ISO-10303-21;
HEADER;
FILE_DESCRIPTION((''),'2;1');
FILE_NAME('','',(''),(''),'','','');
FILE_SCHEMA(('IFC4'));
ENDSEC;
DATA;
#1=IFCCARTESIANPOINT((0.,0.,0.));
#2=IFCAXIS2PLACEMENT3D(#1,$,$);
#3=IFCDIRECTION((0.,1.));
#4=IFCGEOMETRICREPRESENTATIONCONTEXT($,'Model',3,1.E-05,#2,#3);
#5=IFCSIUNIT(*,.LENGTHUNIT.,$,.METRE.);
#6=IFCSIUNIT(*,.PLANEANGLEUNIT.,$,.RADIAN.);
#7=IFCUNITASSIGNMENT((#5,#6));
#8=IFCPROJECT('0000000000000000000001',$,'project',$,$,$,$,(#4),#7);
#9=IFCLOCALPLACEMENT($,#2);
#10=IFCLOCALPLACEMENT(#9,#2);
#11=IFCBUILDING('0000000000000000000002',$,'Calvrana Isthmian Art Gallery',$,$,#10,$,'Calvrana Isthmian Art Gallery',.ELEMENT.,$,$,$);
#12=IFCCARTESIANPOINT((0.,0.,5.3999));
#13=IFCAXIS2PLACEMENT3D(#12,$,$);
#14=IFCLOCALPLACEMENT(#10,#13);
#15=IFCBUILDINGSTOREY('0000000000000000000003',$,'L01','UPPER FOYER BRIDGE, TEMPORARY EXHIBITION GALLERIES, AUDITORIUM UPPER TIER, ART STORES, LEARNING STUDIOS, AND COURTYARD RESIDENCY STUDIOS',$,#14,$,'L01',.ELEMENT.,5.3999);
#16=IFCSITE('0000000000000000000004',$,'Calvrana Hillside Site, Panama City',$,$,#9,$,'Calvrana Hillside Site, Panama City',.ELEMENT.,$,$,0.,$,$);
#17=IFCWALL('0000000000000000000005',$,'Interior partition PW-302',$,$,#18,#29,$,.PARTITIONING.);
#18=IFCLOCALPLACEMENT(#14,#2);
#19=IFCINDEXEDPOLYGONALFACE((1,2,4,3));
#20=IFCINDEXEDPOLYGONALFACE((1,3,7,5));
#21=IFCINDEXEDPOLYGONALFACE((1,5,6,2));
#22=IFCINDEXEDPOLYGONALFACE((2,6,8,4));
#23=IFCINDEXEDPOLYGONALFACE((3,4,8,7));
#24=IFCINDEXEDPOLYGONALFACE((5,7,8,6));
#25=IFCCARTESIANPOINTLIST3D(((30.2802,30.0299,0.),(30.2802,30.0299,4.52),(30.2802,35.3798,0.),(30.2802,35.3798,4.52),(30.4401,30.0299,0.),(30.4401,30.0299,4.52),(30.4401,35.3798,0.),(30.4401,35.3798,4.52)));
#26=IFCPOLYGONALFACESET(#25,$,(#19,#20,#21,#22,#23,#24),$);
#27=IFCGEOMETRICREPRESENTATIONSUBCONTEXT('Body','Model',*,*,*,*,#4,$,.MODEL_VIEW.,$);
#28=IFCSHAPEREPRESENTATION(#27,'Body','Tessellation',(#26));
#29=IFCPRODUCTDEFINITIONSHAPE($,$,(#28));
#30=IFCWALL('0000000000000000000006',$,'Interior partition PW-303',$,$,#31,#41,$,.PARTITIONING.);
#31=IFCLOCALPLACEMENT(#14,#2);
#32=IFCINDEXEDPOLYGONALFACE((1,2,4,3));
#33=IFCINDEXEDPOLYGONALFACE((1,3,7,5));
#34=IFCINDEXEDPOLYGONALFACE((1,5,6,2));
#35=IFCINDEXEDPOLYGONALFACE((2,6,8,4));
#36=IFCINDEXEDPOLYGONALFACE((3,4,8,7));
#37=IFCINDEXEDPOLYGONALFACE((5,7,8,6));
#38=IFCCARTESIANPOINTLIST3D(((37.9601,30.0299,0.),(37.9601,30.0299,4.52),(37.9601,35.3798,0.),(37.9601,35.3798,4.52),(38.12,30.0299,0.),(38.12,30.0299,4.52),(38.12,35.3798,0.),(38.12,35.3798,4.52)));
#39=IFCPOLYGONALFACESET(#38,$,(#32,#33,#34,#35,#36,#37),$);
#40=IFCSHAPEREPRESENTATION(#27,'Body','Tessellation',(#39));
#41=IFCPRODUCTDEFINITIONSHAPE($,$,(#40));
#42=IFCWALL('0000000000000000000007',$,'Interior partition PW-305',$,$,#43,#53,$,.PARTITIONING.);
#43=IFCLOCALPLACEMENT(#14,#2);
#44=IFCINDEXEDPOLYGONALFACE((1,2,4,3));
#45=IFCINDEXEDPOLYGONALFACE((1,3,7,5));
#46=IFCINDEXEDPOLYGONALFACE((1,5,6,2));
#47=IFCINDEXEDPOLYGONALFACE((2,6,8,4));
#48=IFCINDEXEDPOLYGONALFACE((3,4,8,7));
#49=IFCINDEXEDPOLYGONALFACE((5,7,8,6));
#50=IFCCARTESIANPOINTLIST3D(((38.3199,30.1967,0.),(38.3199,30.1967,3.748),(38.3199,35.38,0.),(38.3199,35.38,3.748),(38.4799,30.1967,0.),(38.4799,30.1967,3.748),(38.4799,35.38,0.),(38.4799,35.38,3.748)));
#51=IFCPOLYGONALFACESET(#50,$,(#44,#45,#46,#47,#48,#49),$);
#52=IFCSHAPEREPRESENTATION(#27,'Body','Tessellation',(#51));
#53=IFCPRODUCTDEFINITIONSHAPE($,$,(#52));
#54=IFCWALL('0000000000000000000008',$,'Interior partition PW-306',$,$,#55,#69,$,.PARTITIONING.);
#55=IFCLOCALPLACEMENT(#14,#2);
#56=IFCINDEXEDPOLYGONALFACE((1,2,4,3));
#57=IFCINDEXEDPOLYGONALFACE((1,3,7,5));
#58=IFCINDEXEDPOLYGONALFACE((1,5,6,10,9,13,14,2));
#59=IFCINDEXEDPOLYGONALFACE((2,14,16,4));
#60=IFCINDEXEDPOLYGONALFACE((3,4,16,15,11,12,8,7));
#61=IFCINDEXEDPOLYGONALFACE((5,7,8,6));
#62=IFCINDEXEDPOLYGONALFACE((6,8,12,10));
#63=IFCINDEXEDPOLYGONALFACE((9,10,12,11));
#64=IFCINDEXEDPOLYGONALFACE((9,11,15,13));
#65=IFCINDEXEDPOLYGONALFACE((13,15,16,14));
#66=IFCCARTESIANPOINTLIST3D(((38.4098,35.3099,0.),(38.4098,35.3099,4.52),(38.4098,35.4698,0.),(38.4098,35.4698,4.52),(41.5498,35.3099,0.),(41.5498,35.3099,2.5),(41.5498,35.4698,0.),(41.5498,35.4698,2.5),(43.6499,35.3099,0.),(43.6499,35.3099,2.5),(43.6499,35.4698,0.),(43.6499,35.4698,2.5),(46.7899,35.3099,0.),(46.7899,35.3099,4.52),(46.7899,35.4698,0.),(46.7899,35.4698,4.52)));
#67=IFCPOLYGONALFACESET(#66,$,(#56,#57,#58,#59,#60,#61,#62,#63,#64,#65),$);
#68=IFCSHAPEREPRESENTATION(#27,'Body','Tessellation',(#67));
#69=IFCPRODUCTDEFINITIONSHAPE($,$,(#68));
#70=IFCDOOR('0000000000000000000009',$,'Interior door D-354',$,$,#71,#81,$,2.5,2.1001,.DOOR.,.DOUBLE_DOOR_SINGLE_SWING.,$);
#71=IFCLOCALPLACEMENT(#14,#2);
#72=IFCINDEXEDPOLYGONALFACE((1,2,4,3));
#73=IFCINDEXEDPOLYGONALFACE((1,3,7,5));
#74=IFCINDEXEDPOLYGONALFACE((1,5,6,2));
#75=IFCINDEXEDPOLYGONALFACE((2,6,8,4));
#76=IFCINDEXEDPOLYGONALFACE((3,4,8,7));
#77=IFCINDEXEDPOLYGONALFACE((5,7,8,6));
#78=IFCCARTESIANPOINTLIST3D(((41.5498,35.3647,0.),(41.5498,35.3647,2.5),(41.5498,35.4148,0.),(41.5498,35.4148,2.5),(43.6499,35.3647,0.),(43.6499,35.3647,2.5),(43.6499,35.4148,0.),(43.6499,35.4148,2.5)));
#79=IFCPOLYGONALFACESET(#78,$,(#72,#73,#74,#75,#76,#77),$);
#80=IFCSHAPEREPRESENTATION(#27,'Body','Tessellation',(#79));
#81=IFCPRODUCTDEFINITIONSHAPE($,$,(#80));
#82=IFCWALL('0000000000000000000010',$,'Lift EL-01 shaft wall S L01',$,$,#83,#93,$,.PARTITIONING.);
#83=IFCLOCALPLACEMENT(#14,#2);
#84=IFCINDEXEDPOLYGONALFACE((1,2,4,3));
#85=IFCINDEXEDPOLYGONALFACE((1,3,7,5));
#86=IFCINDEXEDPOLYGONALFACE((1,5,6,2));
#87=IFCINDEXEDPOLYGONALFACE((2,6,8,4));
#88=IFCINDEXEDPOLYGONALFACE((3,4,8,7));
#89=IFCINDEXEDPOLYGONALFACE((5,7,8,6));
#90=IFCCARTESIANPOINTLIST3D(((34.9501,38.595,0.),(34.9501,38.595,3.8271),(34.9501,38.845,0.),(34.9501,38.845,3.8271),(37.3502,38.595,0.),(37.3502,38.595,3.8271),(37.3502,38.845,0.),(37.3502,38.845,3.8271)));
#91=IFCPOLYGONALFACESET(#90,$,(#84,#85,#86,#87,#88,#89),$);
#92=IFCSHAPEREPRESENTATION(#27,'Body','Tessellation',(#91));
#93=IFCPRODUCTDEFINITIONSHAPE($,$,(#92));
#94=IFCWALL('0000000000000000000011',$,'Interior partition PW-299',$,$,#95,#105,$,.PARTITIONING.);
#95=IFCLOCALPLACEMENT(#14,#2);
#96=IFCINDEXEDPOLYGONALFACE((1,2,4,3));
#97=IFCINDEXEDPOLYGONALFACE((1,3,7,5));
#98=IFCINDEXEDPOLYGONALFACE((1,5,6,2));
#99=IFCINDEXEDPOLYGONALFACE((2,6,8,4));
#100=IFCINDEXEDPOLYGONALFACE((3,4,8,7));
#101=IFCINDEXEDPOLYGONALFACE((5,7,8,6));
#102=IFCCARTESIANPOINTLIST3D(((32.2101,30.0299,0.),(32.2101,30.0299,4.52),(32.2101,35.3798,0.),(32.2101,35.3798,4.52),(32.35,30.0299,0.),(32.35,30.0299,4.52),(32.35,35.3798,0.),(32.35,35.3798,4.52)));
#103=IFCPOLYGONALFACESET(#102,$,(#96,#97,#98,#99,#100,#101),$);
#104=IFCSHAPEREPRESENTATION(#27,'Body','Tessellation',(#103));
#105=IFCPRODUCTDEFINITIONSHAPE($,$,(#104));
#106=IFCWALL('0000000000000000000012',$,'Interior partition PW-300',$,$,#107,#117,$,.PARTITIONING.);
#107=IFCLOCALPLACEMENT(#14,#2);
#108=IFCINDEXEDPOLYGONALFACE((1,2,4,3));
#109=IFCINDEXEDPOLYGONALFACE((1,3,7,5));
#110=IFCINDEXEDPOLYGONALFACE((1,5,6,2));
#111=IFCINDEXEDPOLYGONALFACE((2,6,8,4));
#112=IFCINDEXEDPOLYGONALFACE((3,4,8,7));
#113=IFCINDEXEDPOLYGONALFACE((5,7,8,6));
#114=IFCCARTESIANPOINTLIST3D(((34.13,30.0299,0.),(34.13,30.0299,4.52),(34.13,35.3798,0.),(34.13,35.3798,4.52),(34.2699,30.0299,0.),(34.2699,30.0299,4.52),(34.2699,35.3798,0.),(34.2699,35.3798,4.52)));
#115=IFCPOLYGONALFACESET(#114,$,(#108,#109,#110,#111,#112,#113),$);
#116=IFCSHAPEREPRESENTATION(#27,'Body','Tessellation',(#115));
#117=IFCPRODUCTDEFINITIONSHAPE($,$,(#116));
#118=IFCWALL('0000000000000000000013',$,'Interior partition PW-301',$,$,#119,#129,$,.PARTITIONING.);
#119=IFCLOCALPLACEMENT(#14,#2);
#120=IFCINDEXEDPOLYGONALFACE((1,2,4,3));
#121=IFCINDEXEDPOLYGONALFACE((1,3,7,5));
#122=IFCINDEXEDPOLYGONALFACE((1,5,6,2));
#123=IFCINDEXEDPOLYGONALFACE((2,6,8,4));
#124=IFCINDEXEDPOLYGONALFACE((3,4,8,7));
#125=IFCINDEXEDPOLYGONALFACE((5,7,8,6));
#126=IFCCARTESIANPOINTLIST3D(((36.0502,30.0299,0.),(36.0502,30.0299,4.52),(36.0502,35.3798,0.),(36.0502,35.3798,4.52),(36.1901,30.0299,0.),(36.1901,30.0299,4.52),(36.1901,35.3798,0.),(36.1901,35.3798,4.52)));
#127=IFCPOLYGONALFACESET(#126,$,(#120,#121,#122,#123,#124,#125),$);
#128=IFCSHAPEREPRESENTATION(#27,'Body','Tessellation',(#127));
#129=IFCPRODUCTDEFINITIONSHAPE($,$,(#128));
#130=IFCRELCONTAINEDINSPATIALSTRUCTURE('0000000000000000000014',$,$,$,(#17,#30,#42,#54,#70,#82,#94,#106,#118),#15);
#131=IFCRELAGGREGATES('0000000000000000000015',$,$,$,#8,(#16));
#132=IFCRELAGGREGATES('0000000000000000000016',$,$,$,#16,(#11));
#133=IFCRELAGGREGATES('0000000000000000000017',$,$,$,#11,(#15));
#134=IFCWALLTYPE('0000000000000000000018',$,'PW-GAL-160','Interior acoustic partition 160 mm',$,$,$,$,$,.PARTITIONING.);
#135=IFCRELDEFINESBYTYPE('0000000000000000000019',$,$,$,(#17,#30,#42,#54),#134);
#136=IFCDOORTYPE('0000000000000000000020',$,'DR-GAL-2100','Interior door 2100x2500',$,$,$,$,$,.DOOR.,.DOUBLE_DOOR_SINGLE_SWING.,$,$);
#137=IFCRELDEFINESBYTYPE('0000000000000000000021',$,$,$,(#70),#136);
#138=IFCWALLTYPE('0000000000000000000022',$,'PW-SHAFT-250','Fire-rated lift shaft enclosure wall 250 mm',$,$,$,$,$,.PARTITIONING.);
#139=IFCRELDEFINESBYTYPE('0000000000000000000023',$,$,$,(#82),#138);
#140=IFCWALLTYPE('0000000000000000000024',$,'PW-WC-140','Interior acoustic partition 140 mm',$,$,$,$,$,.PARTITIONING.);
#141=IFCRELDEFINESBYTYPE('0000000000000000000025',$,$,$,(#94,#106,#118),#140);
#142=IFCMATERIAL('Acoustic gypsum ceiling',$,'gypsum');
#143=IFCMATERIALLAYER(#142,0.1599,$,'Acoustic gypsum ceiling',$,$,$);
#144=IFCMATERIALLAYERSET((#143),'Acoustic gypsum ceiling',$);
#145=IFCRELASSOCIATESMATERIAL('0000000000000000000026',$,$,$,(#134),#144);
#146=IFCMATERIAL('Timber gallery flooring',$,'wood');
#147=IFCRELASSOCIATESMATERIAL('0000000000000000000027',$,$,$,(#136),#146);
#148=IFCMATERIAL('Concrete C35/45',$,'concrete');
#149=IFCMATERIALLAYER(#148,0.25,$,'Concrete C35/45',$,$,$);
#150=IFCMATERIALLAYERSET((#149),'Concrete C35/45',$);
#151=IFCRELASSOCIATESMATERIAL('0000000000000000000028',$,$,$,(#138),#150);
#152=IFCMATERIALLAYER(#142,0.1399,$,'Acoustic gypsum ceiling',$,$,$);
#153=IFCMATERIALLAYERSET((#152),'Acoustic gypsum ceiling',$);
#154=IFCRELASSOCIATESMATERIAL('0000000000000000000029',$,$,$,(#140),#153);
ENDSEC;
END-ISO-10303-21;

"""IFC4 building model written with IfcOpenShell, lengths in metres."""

from ifc_helpers import new_model, si_unit, direction, frame, frame_2d, origin, place, context, subcontext, project, spatial, rectangle, extrude, material, layer, layer_set, type_object, element, fill, save


model = new_model("IFC4")

# Units and contexts
model_context = context("Model", 3, precision=1e-05, world=origin(), true_north=direction((0.0, 1.0)))
body_context = subcontext(model_context, "Body", "Model", "MODEL_VIEW")
ifc_project = project(units=[si_unit("LENGTHUNIT", "METRE"), si_unit("PLANEANGLEUNIT", "RADIAN")], contexts=[model_context])

# Site, building, storey
site_placement = place(None, origin())
site = spatial("IfcSite", under=ifc_project, at=site_placement, Name="Calvrana Hillside Site, Panama City", LongName="Calvrana Hillside Site, Panama City", CompositionType="ELEMENT", RefElevation=0.0)
building_placement = place(site_placement, origin())
building = spatial("IfcBuilding", under=site, at=building_placement, Name="Calvrana Isthmian Art Gallery", LongName="Calvrana Isthmian Art Gallery", CompositionType="ELEMENT")
storey_placement = place(building_placement, frame((0.0, 0.0, 5.3999)))
storey = spatial("IfcBuildingStorey", under=building, at=storey_placement, Name="L01", Description="UPPER FOYER BRIDGE, TEMPORARY EXHIBITION GALLERIES, AUDITORIUM UPPER TIER, ART STORES, LEARNING STUDIOS, AND COURTYARD RESIDENCY STUDIOS", LongName="L01", CompositionType="ELEMENT", Elevation=5.3999)

# Shared definitions
ifc_material_1 = material(Name="Acoustic gypsum ceiling", Category="gypsum")
ifc_material_2 = material(Name="Timber gallery flooring", Category="wood")

# Walls
ifc_layer_1 = layer(ifc_material_1, 0.1599, Name="Acoustic gypsum ceiling")
ifc_layer_set_1 = layer_set([ifc_layer_1], Name="Acoustic gypsum ceiling")
wall_type_1 = type_object("IfcWallType", Name="PW-GAL-160", Description="Interior acoustic partition 160 mm", PredefinedType="PARTITIONING", material=ifc_layer_set_1)
for number, where, z_axis, x_axis, name in (
    (1, (30.3601, 30.03, 0.0), (0.0, 0.0, 1.0), (0.0, 1.0, 0.0), "Interior partition PW-302"),
    (2, (38.04, 30.03, 0.0), (0.0, 0.0, 1.0), (0.0, 1.0, 0.0), "Interior partition PW-303"),
):
    element("IfcWall", number, at=place(storey_placement, frame(where, z_axis=z_axis, x_axis=x_axis)), inside=storey, type_object=wall_type_1, Name=name, PredefinedType="PARTITIONING", context=body_context, shape_type="SweptSolid", body=[
        extrude(rectangle(XDim=5.3499, YDim=0.1599, at=frame_2d((2.6748, 0.0))), origin(), (0.0, 0.0, 1.0), 4.52),
    ])
wall_1_placement = place(storey_placement, frame((38.3999, 30.1965, 0.0), z_axis=(0.0, 0.0, 1.0), x_axis=(0.0, 1.0, 0.0)))
element("IfcWall", 3, at=wall_1_placement, inside=storey, type_object=wall_type_1, Name="Interior partition PW-305", PredefinedType="PARTITIONING", context=body_context, shape_type="SweptSolid", body=[
    extrude(rectangle(XDim=5.1833, YDim=0.1599, at=frame_2d((2.5918, 0.0))), origin(), (0.0, 0.0, 1.0), 3.748),
])

# Wall, opening, door
wall_2_placement = place(storey_placement, frame((38.4099, 35.3899, 0.0), z_axis=(0.0, 0.0, 1.0), x_axis=(1.0, 0.0, 0.0)))
wall_2 = element("IfcWall", 4, at=wall_2_placement, inside=storey, type_object=wall_type_1, Name="Interior partition PW-306", PredefinedType="PARTITIONING", context=body_context, shape_type="SweptSolid", body=[
    extrude(rectangle(XDim=8.3801, YDim=0.1599, at=frame_2d((4.1899, 0.0))), origin(), (0.0, 0.0, 1.0), 4.52),
])
opening_1_placement = place(wall_2_placement, frame((3.1399, 0.0, 0.0)))
opening_1 = element("IfcOpeningElement", 5, at=opening_1_placement, cuts=wall_2, PredefinedType="OPENING", context=body_context, shape_type="SweptSolid", body=[
    extrude(rectangle(XDim=2.1001, YDim=2.5, at=frame_2d((1.05, 1.25))), frame((0.0, 0.0903, 0.0), z_axis=(0.0, -1.0, 0.0), x_axis=(1.0, 0.0, 0.0)), (0.0, 0.0, 1.0), 0.1804),
])
door_type_1 = type_object("IfcDoorType", Name="DR-GAL-2100", Description="Interior door 2100x2500", OperationType="DOUBLE_DOOR_SINGLE_SWING", PredefinedType="DOOR", material=ifc_material_2)
door_1_placement = place(opening_1_placement, origin())
door_1 = element("IfcDoor", 6, at=door_1_placement, inside=storey, type_object=door_type_1, Name="Interior door D-354", OperationType="DOUBLE_DOOR_SINGLE_SWING", OverallHeight=2.5, OverallWidth=2.1001, PredefinedType="DOOR", context=body_context, shape_type="SweptSolid", body=[
    extrude(rectangle(XDim=2.1001, YDim=2.5, at=frame_2d((1.05, 1.25))), frame((0.0, 0.0249, 0.0), z_axis=(0.0, -1.0, 0.0), x_axis=(1.0, 0.0, 0.0)), (0.0, 0.0, 1.0), 0.05),
])
fill(opening_1, door_1)

# Wall
ifc_material_3 = material(Name="Concrete C35/45", Category="concrete")
ifc_layer_2 = layer(ifc_material_3, 0.25, Name="Concrete C35/45")
ifc_layer_set_2 = layer_set([ifc_layer_2], Name="Concrete C35/45")
wall_type_2 = type_object("IfcWallType", Name="PW-SHAFT-250", Description="Fire-rated lift shaft enclosure wall 250 mm", PredefinedType="PARTITIONING", material=ifc_layer_set_2)
wall_3_placement = place(storey_placement, frame((34.95, 38.72, 0.0), z_axis=(0.0, 0.0, 1.0), x_axis=(1.0, 0.0, 0.0)))
element("IfcWall", 7, at=wall_3_placement, inside=storey, type_object=wall_type_2, Name="Lift EL-01 shaft wall S L01", PredefinedType="PARTITIONING", context=body_context, shape_type="SweptSolid", body=[
    extrude(rectangle(XDim=2.4001, YDim=0.25, at=frame_2d((1.2002, 0.0))), origin(), (0.0, 0.0, 1.0), 3.8271),
])

# Walls
ifc_layer_3 = layer(ifc_material_1, 0.1399, Name="Acoustic gypsum ceiling")
ifc_layer_set_3 = layer_set([ifc_layer_3], Name="Acoustic gypsum ceiling")
wall_type_3 = type_object("IfcWallType", Name="PW-WC-140", Description="Interior acoustic partition 140 mm", PredefinedType="PARTITIONING", material=ifc_layer_set_3)
for number, where, z_axis, x_axis, name in (
    (8, (32.28, 30.03, 0.0), (0.0, 0.0, 1.0), (0.0, 1.0, 0.0), "Interior partition PW-299"),
    (9, (34.2, 30.03, 0.0), (0.0, 0.0, 1.0), (0.0, 1.0, 0.0), "Interior partition PW-300"),
    (10, (36.1201, 30.03, 0.0), (0.0, 0.0, 1.0), (0.0, 1.0, 0.0), "Interior partition PW-301"),
):
    element("IfcWall", number, at=place(storey_placement, frame(where, z_axis=z_axis, x_axis=x_axis)), inside=storey, type_object=wall_type_3, Name=name, PredefinedType="PARTITIONING", context=body_context, shape_type="SweptSolid", body=[
        extrude(rectangle(XDim=5.3499, YDim=0.1399, at=frame_2d((2.6748, 0.0))), origin(), (0.0, 0.0, 1.0), 4.52),
    ])

save(model, "model.ifc")
